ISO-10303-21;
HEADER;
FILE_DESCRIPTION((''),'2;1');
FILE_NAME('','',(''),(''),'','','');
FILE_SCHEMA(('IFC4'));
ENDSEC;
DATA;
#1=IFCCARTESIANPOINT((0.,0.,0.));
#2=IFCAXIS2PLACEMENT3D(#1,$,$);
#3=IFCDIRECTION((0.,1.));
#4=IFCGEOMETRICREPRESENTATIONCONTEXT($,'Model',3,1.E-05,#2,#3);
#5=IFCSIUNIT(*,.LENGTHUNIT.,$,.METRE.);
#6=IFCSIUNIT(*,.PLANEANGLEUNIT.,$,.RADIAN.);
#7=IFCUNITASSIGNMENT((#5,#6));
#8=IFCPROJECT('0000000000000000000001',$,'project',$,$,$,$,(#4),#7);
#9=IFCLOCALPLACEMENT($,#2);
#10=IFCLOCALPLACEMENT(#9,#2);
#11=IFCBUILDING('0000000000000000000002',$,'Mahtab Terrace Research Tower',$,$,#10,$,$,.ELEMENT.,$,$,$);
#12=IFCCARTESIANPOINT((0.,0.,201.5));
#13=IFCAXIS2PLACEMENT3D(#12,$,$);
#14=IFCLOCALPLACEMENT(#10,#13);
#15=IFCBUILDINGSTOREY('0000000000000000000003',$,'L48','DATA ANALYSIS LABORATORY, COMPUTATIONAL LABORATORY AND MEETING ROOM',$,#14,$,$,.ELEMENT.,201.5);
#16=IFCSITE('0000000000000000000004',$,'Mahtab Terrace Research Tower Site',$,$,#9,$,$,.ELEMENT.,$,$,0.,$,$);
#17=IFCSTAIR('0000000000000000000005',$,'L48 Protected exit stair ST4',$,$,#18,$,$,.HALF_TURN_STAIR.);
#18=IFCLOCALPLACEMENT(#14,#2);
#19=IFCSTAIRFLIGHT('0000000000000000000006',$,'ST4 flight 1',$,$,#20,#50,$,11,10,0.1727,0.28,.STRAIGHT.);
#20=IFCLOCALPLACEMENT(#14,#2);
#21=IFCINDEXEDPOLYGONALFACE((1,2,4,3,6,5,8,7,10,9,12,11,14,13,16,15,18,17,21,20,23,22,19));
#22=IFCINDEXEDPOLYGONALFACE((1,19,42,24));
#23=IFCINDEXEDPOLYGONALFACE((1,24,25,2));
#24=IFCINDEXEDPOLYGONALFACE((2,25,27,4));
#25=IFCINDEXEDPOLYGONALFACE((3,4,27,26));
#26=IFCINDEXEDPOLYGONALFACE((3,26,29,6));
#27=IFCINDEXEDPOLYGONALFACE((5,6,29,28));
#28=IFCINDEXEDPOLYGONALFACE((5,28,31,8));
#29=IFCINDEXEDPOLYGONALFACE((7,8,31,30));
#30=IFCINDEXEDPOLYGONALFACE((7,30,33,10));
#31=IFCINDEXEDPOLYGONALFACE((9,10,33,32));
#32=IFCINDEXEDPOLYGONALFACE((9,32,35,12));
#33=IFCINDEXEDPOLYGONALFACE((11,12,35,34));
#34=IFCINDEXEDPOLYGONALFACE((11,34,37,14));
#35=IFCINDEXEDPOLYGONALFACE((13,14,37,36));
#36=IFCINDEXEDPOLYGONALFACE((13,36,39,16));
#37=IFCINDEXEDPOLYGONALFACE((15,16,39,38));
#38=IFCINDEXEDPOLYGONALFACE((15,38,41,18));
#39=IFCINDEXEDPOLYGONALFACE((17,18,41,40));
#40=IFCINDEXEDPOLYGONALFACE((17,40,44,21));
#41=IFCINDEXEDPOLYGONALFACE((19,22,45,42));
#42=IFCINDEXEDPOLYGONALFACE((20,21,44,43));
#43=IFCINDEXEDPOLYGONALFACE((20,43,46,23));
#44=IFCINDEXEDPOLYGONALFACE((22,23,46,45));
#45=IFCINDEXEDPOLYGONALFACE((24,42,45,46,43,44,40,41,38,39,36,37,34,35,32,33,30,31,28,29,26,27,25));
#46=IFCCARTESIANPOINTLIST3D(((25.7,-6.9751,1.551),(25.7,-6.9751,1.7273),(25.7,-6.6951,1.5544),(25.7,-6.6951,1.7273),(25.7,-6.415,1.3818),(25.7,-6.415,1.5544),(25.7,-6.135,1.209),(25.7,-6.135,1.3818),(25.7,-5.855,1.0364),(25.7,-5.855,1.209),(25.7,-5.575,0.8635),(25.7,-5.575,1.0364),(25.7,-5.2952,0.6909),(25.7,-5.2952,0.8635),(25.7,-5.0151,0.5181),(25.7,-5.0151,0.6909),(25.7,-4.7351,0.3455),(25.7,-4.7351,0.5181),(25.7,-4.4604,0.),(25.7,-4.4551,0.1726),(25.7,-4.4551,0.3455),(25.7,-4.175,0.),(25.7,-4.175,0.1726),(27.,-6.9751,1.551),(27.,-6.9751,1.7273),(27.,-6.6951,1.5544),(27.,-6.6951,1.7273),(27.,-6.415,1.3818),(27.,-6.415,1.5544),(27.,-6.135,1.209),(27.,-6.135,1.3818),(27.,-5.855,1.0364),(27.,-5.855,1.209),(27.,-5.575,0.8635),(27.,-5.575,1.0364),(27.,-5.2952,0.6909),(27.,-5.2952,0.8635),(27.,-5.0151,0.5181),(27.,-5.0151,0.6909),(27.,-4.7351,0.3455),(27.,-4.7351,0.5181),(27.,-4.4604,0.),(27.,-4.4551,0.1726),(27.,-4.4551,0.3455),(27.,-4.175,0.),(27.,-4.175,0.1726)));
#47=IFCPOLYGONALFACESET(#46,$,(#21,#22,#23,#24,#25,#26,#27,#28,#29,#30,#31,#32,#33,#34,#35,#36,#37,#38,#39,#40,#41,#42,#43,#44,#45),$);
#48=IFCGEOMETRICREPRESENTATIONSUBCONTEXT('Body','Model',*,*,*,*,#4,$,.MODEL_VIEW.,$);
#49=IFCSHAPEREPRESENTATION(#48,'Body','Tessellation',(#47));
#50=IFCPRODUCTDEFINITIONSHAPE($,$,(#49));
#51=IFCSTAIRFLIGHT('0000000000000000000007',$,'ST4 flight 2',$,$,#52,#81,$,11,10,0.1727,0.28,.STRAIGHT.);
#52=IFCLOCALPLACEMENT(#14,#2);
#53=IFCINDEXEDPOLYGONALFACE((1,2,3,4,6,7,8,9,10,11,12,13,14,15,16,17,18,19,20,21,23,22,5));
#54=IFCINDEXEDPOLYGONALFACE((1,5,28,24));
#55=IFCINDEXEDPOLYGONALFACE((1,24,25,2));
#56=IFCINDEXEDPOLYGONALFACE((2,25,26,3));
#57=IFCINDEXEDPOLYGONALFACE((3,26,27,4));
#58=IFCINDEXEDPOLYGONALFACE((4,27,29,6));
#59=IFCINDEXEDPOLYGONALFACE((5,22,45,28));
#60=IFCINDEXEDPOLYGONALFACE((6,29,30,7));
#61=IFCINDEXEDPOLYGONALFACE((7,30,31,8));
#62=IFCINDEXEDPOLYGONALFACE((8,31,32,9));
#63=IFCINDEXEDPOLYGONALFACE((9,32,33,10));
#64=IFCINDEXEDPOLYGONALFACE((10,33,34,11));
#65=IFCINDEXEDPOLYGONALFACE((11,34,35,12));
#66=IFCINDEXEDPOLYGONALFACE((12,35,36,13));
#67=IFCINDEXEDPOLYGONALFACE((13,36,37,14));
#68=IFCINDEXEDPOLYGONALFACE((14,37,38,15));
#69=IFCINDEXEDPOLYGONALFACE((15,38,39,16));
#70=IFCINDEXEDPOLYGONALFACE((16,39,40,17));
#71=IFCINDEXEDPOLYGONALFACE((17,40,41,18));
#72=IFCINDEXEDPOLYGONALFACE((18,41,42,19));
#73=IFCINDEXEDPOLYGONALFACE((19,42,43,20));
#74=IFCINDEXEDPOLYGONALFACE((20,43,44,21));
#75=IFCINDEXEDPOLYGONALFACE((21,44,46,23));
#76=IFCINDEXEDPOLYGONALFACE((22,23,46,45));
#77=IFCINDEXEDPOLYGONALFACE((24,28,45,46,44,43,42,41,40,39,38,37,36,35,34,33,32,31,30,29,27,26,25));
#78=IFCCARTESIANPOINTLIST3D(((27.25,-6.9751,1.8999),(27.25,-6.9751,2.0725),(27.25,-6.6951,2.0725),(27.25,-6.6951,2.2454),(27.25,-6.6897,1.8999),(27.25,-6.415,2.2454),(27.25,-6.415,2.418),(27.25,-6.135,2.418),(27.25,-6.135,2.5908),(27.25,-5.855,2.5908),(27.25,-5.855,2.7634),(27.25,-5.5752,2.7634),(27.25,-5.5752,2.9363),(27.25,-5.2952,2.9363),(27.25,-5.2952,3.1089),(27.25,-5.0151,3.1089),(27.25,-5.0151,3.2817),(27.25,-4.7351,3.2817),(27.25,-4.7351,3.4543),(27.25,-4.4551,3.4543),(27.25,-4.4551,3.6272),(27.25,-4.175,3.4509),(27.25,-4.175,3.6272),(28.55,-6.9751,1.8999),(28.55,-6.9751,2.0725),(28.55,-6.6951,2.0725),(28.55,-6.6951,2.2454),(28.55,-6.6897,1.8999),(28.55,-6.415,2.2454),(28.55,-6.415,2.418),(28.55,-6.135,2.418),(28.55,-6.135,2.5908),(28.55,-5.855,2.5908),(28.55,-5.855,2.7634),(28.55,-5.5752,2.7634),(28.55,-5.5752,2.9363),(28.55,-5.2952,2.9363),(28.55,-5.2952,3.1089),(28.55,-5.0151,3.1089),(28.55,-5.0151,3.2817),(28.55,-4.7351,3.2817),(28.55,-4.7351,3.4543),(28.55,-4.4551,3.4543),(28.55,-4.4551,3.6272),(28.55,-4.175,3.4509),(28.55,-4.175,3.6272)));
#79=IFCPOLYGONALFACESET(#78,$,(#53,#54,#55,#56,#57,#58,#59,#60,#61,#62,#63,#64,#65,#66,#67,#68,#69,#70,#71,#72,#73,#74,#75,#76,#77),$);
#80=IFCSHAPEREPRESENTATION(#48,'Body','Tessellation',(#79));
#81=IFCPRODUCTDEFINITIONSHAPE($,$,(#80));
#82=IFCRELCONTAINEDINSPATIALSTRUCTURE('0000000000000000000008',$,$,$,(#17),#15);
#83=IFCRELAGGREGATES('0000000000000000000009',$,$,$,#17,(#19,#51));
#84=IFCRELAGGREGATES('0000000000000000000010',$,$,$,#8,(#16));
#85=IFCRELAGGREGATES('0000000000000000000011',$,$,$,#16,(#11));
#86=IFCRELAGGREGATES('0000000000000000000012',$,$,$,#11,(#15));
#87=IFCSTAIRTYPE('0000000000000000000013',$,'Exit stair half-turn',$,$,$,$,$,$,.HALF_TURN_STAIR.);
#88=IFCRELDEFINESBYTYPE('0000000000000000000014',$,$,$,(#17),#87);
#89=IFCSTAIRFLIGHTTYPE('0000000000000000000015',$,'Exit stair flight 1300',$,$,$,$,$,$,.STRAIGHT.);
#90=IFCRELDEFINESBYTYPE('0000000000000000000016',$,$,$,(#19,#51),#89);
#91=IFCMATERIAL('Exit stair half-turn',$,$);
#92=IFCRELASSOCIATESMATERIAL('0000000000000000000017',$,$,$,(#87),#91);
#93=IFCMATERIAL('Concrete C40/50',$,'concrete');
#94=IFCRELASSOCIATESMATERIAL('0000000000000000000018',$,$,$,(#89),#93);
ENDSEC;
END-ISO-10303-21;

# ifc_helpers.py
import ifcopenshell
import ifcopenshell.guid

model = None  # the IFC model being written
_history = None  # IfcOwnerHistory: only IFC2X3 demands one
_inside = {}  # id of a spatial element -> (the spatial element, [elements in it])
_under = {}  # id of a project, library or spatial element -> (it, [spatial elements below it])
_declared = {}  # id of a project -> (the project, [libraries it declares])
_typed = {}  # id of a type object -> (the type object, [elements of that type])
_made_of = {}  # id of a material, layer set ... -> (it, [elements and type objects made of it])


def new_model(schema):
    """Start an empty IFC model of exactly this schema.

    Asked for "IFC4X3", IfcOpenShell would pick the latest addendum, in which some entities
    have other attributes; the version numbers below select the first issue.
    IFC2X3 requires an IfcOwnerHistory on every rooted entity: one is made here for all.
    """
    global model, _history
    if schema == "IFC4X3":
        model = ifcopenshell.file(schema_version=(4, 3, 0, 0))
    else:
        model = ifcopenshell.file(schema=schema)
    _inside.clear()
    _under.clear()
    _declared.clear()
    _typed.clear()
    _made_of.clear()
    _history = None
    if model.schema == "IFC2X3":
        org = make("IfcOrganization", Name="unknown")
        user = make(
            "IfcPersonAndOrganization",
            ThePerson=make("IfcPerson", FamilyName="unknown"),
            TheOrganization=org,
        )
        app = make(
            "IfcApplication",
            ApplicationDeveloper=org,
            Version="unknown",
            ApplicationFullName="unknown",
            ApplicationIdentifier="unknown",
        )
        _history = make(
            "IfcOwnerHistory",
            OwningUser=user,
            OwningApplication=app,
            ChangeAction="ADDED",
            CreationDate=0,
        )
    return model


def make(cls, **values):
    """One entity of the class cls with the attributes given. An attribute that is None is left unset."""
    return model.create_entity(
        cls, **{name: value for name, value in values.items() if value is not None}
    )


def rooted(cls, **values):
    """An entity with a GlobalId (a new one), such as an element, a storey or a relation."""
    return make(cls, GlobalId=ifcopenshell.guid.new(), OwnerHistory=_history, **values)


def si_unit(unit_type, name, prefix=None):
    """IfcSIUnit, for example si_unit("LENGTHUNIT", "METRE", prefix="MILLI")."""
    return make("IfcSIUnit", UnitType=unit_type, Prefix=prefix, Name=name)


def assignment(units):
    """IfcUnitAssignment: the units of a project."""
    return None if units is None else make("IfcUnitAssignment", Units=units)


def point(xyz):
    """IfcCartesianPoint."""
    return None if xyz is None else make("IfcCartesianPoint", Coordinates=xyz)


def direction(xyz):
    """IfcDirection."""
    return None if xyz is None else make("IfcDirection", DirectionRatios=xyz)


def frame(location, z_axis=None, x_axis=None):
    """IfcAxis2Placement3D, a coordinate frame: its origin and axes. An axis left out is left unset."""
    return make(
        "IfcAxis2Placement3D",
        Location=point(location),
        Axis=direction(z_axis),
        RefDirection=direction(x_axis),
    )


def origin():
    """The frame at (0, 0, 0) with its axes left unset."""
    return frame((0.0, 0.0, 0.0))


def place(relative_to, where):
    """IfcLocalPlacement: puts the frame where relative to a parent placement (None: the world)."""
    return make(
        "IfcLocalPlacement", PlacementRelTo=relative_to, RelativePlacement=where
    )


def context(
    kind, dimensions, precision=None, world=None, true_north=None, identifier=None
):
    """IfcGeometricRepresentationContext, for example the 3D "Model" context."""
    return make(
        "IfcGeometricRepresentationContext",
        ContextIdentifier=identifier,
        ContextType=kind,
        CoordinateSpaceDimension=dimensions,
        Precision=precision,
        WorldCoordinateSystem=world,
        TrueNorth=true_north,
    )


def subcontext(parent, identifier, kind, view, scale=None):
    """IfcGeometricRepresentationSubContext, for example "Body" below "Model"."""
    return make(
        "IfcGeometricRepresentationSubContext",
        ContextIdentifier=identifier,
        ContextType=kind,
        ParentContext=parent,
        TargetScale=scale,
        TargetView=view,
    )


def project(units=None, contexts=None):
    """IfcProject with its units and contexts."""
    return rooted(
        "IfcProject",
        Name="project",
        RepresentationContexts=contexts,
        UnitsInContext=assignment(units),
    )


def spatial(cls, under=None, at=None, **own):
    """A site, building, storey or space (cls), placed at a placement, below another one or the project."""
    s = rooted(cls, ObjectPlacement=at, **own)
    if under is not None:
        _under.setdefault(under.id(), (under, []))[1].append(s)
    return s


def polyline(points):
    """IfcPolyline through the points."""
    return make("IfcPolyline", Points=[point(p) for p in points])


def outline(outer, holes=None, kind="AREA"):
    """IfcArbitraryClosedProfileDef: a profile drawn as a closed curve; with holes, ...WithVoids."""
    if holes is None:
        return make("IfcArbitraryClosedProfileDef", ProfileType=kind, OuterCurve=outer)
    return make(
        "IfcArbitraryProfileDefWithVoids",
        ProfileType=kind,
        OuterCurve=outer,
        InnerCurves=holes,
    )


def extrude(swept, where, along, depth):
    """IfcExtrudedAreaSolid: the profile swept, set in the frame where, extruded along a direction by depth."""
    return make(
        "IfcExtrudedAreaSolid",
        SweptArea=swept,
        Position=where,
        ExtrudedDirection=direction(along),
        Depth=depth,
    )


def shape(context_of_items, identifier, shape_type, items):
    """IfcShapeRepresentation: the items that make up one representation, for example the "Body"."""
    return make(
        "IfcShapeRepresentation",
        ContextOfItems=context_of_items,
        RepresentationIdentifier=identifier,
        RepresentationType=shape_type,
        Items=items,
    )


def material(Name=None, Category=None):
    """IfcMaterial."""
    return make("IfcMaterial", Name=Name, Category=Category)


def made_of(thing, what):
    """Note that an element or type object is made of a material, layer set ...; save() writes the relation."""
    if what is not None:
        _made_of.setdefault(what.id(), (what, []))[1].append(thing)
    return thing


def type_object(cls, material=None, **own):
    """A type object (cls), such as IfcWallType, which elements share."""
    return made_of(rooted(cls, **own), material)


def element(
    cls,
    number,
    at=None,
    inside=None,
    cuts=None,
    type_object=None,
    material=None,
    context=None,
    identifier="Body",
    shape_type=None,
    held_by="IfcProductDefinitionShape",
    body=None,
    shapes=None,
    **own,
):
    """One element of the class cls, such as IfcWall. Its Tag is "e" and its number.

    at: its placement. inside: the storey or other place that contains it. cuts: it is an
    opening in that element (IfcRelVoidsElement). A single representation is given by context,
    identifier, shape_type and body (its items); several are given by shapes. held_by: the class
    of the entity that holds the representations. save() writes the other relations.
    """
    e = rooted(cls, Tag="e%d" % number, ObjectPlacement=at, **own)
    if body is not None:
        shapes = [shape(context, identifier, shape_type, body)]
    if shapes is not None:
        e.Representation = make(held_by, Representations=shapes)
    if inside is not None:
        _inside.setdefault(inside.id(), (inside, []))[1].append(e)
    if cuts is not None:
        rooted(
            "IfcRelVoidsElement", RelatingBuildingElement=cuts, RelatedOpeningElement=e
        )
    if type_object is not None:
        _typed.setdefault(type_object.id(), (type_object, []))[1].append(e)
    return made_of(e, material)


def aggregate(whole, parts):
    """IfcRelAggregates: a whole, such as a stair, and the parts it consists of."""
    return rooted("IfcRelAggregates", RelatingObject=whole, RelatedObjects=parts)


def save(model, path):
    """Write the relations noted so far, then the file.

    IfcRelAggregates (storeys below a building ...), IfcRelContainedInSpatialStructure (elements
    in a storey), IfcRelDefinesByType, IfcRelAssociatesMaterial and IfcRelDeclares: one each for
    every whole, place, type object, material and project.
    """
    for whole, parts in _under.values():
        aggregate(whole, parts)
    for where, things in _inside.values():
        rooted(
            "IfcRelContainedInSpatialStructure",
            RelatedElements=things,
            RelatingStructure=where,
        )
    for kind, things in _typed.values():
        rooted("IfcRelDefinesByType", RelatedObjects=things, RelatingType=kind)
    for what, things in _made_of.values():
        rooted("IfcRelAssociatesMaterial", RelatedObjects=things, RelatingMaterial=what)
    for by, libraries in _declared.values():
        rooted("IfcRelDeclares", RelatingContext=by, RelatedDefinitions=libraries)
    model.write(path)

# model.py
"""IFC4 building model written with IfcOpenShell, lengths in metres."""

from ifc_helpers import new_model, si_unit, direction, frame, origin, place, context, subcontext, project, spatial, polyline, outline, extrude, material, type_object, element, aggregate, save


model = new_model("IFC4")

# Units and contexts
model_context = context("Model", 3, precision=1e-05, world=origin(), true_north=direction((0.0, 1.0)))
body_context = subcontext(model_context, "Body", "Model", "MODEL_VIEW")
ifc_project = project(units=[si_unit("LENGTHUNIT", "METRE"), si_unit("PLANEANGLEUNIT", "RADIAN")], contexts=[model_context])

# Site, building, storey
site_placement = place(None, origin())
site = spatial("IfcSite", under=ifc_project, at=site_placement, Name="Mahtab Terrace Research Tower Site", CompositionType="ELEMENT", RefElevation=0.0)
building_placement = place(site_placement, origin())
building = spatial("IfcBuilding", under=site, at=building_placement, Name="Mahtab Terrace Research Tower", CompositionType="ELEMENT")
storey_placement = place(building_placement, frame((0.0, 0.0, 201.5)))
storey = spatial("IfcBuildingStorey", under=building, at=storey_placement, Name="L48", Description="DATA ANALYSIS LABORATORY, COMPUTATIONAL LABORATORY AND MEETING ROOM", CompositionType="ELEMENT", Elevation=201.5)

# Stair, stair flights
ifc_material_1 = material(Name="Exit stair half-turn")
stair_type = type_object("IfcStairType", Name="Exit stair half-turn", PredefinedType="HALF_TURN_STAIR", material=ifc_material_1)
stair_placement = place(storey_placement, origin())
stair = element("IfcStair", 1, at=stair_placement, inside=storey, type_object=stair_type, Name="L48 Protected exit stair ST4", PredefinedType="HALF_TURN_STAIR")
ifc_material_2 = material(Name="Concrete C40/50", Category="concrete")
stair_flight_type = type_object("IfcStairFlightType", Name="Exit stair flight 1300", PredefinedType="STRAIGHT", material=ifc_material_2)
stair_flight_1_placement = place(storey_placement, frame((26.3501, -4.175, 0.0), z_axis=(0.0, 0.0, 1.0), x_axis=(0.0, -1.0, 0.0)))
stair_flight_1 = element("IfcStairFlight", 2, at=stair_flight_1_placement, type_object=stair_flight_type, Name="ST4 flight 1", NumberOfRisers=11, NumberOfTreads=10, PredefinedType="STRAIGHT", RiserHeight=0.1727, TreadLength=0.28, context=body_context, shape_type="SweptSolid", body=[
    extrude(outline(polyline([(0.0, 0.0), (0.0, 0.1726), (0.28, 0.1726), (0.28, 0.3455), (0.5601, 0.3455), (0.5601, 0.5181), (0.8401, 0.5181), (0.8401, 0.6909), (1.1201, 0.6909), (1.1201, 0.8635), (1.3999, 0.8635), (1.3999, 1.0364), (1.6799, 1.0364), (1.6799, 1.209), (1.96, 1.209), (1.96, 1.3818), (2.24, 1.3818), (2.24, 1.5544), (2.52, 1.5544), (2.52, 1.7273), (2.8, 1.7273), (2.8, 1.8999), (2.8, 1.551), (0.2854, 0.0), (0.0, 0.0)])), frame((0.0, 0.6499, 0.0), z_axis=(0.0, -1.0, 0.0), x_axis=(1.0, 0.0, 0.0)), (0.0, 0.0, 1.0), 1.3),
])
stair_flight_2_placement = place(storey_placement, frame((27.8999, -6.9751, 1.8999), z_axis=(0.0, 0.0, 1.0), x_axis=(0.0, 1.0, 0.0)))
stair_flight_2 = element("IfcStairFlight", 3, at=stair_flight_2_placement, type_object=stair_flight_type, Name="ST4 flight 2", NumberOfRisers=11, NumberOfTreads=10, PredefinedType="STRAIGHT", RiserHeight=0.1727, TreadLength=0.28, context=body_context, shape_type="SweptSolid", body=[
    extrude(outline(polyline([(0.0, 0.0), (0.0, 0.1726), (0.28, 0.1726), (0.28, 0.3455), (0.5601, 0.3455), (0.5601, 0.5181), (0.8401, 0.5181), (0.8401, 0.6909), (1.1201, 0.6909), (1.1201, 0.8635), (1.3999, 0.8635), (1.3999, 1.0364), (1.6799, 1.0364), (1.6799, 1.209), (1.96, 1.209), (1.96, 1.3818), (2.24, 1.3818), (2.24, 1.5544), (2.52, 1.5544), (2.52, 1.7273), (2.8, 1.7273), (2.8, 1.8999), (2.8, 1.551), (0.2854, 0.0), (0.0, 0.0)])), frame((0.0, 0.6499, 0.0), z_axis=(0.0, -1.0, 0.0), x_axis=(1.0, 0.0, 0.0)), (0.0, 0.0, 1.0), 1.3),
])
aggregate(stair, [stair_flight_1, stair_flight_2])

save(model, "model.ifc")
